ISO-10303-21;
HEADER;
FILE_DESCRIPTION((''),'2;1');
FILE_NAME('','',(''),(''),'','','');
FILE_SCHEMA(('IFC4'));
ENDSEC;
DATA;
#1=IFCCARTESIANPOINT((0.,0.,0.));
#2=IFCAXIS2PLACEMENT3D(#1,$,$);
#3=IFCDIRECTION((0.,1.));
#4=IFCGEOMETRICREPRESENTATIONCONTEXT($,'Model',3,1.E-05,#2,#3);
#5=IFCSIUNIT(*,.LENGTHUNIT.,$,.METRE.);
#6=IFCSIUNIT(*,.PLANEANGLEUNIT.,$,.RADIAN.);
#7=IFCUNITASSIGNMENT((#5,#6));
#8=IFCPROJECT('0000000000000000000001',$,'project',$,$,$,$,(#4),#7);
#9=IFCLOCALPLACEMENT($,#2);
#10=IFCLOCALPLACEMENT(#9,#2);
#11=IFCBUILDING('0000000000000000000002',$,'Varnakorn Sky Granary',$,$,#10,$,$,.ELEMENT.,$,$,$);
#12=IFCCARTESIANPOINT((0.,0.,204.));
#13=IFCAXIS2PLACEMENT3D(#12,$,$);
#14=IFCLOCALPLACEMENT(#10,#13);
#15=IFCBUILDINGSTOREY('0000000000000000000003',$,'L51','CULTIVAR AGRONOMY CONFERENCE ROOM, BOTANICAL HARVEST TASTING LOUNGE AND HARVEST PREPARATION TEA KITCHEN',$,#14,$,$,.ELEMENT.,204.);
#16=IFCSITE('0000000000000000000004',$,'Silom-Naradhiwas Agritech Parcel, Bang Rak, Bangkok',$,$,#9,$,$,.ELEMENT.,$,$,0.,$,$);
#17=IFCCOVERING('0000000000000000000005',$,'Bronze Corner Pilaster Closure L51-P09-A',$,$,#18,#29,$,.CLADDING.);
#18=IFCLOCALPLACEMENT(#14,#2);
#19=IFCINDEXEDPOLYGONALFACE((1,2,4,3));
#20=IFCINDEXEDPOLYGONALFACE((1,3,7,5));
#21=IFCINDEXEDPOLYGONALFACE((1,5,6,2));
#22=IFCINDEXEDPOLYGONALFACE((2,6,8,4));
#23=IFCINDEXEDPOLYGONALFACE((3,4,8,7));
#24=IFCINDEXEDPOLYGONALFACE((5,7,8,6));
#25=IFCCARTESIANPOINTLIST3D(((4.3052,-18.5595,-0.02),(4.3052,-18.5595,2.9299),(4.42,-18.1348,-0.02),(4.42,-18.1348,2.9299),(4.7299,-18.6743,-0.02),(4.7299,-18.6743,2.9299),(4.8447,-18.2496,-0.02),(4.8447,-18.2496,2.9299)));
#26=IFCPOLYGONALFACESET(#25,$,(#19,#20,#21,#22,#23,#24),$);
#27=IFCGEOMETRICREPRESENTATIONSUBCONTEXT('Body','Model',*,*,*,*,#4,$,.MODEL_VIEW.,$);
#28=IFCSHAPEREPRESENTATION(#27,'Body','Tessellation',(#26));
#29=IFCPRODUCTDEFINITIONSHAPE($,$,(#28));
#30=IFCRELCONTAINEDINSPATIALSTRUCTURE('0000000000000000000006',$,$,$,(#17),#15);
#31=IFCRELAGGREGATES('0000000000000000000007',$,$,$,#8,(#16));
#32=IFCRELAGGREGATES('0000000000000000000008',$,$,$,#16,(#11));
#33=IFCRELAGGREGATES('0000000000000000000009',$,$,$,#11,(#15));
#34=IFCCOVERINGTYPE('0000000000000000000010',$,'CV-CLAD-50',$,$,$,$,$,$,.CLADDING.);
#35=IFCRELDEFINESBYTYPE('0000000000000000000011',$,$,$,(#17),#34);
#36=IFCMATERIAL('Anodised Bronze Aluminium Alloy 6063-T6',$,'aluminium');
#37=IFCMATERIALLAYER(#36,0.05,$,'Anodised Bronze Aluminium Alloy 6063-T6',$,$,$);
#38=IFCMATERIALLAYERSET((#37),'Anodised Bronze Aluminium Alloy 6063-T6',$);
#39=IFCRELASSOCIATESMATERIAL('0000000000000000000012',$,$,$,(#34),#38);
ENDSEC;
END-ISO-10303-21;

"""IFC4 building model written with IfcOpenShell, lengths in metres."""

from ifc_helpers import new_model, si_unit, direction, frame, origin, origin_2d, place, context, subcontext, project, spatial, rectangle, extrude, source, transform, mapped, material, layer, layer_set, type_object, type_shapes, element, save


model = new_model("IFC4")

# Units and contexts
model_context = context("Model", 3, precision=1e-05, world=origin(), true_north=direction((0.0, 1.0)))
body_context = subcontext(model_context, "Body", "Model", "MODEL_VIEW")
ifc_project = project(units=[si_unit("LENGTHUNIT", "METRE"), si_unit("PLANEANGLEUNIT", "RADIAN")], contexts=[model_context])

# Site, building, storey
site_placement = place(None, origin())
site = spatial("IfcSite", under=ifc_project, at=site_placement, Name="Silom-Naradhiwas Agritech Parcel, Bang Rak, Bangkok", CompositionType="ELEMENT", RefElevation=0.0)
building_placement = place(site_placement, origin())
building = spatial("IfcBuilding", under=site, at=building_placement, Name="Varnakorn Sky Granary", CompositionType="ELEMENT")
storey_placement = place(building_placement, frame((0.0, 0.0, 204.0)))
storey = spatial("IfcBuildingStorey", under=building, at=storey_placement, Name="L51", Description="CULTIVAR AGRONOMY CONFERENCE ROOM, BOTANICAL HARVEST TASTING LOUNGE AND HARVEST PREPARATION TEA KITCHEN", CompositionType="ELEMENT", Elevation=204.0)

# Shared definitions
ifc_material_1 = material(Name="Anodised Bronze Aluminium Alloy 6063-T6", Category="aluminium")

# Covering
ifc_layer_1 = layer(ifc_material_1, 0.05, Name="Anodised Bronze Aluminium Alloy 6063-T6")
ifc_layer_set_1 = layer_set([ifc_layer_1], Name="Anodised Bronze Aluminium Alloy 6063-T6")
covering_type = type_object("IfcCoveringType", Name="CV-CLAD-50", PredefinedType="CLADDING", material=ifc_layer_set_1)
shared_shape_1 = source(origin(), body_context, "Body", "SweptSolid", [
    extrude(rectangle(XDim=0.4399, YDim=0.4399, at=origin_2d()), origin(), (0.0, 0.0, 1.0), 2.95),
])
type_shapes(covering_type, [shared_shape_1])
covering_placement = place(storey_placement, frame((4.575, -18.4045, -0.02), z_axis=(0.0, 0.0, 1.0), x_axis=(-0.965336, 0.26101, 0.0)))
element("IfcCovering", 1, at=covering_placement, inside=storey, type_object=covering_type, Name="Bronze Corner Pilaster Closure L51-P09-A", PredefinedType="CLADDING", context=body_context, shape_type="MappedRepresentation", body=[
    mapped(shared_shape_1, transform((0.0, 0.0, 0.0), x_axis=(1.0, 0.0, 0.0), y_axis=(0.0, 1.0, 0.0), z_axis=(0.0, 0.0, 1.0), scale=1.0)),
])

save(model, "model.ifc")
